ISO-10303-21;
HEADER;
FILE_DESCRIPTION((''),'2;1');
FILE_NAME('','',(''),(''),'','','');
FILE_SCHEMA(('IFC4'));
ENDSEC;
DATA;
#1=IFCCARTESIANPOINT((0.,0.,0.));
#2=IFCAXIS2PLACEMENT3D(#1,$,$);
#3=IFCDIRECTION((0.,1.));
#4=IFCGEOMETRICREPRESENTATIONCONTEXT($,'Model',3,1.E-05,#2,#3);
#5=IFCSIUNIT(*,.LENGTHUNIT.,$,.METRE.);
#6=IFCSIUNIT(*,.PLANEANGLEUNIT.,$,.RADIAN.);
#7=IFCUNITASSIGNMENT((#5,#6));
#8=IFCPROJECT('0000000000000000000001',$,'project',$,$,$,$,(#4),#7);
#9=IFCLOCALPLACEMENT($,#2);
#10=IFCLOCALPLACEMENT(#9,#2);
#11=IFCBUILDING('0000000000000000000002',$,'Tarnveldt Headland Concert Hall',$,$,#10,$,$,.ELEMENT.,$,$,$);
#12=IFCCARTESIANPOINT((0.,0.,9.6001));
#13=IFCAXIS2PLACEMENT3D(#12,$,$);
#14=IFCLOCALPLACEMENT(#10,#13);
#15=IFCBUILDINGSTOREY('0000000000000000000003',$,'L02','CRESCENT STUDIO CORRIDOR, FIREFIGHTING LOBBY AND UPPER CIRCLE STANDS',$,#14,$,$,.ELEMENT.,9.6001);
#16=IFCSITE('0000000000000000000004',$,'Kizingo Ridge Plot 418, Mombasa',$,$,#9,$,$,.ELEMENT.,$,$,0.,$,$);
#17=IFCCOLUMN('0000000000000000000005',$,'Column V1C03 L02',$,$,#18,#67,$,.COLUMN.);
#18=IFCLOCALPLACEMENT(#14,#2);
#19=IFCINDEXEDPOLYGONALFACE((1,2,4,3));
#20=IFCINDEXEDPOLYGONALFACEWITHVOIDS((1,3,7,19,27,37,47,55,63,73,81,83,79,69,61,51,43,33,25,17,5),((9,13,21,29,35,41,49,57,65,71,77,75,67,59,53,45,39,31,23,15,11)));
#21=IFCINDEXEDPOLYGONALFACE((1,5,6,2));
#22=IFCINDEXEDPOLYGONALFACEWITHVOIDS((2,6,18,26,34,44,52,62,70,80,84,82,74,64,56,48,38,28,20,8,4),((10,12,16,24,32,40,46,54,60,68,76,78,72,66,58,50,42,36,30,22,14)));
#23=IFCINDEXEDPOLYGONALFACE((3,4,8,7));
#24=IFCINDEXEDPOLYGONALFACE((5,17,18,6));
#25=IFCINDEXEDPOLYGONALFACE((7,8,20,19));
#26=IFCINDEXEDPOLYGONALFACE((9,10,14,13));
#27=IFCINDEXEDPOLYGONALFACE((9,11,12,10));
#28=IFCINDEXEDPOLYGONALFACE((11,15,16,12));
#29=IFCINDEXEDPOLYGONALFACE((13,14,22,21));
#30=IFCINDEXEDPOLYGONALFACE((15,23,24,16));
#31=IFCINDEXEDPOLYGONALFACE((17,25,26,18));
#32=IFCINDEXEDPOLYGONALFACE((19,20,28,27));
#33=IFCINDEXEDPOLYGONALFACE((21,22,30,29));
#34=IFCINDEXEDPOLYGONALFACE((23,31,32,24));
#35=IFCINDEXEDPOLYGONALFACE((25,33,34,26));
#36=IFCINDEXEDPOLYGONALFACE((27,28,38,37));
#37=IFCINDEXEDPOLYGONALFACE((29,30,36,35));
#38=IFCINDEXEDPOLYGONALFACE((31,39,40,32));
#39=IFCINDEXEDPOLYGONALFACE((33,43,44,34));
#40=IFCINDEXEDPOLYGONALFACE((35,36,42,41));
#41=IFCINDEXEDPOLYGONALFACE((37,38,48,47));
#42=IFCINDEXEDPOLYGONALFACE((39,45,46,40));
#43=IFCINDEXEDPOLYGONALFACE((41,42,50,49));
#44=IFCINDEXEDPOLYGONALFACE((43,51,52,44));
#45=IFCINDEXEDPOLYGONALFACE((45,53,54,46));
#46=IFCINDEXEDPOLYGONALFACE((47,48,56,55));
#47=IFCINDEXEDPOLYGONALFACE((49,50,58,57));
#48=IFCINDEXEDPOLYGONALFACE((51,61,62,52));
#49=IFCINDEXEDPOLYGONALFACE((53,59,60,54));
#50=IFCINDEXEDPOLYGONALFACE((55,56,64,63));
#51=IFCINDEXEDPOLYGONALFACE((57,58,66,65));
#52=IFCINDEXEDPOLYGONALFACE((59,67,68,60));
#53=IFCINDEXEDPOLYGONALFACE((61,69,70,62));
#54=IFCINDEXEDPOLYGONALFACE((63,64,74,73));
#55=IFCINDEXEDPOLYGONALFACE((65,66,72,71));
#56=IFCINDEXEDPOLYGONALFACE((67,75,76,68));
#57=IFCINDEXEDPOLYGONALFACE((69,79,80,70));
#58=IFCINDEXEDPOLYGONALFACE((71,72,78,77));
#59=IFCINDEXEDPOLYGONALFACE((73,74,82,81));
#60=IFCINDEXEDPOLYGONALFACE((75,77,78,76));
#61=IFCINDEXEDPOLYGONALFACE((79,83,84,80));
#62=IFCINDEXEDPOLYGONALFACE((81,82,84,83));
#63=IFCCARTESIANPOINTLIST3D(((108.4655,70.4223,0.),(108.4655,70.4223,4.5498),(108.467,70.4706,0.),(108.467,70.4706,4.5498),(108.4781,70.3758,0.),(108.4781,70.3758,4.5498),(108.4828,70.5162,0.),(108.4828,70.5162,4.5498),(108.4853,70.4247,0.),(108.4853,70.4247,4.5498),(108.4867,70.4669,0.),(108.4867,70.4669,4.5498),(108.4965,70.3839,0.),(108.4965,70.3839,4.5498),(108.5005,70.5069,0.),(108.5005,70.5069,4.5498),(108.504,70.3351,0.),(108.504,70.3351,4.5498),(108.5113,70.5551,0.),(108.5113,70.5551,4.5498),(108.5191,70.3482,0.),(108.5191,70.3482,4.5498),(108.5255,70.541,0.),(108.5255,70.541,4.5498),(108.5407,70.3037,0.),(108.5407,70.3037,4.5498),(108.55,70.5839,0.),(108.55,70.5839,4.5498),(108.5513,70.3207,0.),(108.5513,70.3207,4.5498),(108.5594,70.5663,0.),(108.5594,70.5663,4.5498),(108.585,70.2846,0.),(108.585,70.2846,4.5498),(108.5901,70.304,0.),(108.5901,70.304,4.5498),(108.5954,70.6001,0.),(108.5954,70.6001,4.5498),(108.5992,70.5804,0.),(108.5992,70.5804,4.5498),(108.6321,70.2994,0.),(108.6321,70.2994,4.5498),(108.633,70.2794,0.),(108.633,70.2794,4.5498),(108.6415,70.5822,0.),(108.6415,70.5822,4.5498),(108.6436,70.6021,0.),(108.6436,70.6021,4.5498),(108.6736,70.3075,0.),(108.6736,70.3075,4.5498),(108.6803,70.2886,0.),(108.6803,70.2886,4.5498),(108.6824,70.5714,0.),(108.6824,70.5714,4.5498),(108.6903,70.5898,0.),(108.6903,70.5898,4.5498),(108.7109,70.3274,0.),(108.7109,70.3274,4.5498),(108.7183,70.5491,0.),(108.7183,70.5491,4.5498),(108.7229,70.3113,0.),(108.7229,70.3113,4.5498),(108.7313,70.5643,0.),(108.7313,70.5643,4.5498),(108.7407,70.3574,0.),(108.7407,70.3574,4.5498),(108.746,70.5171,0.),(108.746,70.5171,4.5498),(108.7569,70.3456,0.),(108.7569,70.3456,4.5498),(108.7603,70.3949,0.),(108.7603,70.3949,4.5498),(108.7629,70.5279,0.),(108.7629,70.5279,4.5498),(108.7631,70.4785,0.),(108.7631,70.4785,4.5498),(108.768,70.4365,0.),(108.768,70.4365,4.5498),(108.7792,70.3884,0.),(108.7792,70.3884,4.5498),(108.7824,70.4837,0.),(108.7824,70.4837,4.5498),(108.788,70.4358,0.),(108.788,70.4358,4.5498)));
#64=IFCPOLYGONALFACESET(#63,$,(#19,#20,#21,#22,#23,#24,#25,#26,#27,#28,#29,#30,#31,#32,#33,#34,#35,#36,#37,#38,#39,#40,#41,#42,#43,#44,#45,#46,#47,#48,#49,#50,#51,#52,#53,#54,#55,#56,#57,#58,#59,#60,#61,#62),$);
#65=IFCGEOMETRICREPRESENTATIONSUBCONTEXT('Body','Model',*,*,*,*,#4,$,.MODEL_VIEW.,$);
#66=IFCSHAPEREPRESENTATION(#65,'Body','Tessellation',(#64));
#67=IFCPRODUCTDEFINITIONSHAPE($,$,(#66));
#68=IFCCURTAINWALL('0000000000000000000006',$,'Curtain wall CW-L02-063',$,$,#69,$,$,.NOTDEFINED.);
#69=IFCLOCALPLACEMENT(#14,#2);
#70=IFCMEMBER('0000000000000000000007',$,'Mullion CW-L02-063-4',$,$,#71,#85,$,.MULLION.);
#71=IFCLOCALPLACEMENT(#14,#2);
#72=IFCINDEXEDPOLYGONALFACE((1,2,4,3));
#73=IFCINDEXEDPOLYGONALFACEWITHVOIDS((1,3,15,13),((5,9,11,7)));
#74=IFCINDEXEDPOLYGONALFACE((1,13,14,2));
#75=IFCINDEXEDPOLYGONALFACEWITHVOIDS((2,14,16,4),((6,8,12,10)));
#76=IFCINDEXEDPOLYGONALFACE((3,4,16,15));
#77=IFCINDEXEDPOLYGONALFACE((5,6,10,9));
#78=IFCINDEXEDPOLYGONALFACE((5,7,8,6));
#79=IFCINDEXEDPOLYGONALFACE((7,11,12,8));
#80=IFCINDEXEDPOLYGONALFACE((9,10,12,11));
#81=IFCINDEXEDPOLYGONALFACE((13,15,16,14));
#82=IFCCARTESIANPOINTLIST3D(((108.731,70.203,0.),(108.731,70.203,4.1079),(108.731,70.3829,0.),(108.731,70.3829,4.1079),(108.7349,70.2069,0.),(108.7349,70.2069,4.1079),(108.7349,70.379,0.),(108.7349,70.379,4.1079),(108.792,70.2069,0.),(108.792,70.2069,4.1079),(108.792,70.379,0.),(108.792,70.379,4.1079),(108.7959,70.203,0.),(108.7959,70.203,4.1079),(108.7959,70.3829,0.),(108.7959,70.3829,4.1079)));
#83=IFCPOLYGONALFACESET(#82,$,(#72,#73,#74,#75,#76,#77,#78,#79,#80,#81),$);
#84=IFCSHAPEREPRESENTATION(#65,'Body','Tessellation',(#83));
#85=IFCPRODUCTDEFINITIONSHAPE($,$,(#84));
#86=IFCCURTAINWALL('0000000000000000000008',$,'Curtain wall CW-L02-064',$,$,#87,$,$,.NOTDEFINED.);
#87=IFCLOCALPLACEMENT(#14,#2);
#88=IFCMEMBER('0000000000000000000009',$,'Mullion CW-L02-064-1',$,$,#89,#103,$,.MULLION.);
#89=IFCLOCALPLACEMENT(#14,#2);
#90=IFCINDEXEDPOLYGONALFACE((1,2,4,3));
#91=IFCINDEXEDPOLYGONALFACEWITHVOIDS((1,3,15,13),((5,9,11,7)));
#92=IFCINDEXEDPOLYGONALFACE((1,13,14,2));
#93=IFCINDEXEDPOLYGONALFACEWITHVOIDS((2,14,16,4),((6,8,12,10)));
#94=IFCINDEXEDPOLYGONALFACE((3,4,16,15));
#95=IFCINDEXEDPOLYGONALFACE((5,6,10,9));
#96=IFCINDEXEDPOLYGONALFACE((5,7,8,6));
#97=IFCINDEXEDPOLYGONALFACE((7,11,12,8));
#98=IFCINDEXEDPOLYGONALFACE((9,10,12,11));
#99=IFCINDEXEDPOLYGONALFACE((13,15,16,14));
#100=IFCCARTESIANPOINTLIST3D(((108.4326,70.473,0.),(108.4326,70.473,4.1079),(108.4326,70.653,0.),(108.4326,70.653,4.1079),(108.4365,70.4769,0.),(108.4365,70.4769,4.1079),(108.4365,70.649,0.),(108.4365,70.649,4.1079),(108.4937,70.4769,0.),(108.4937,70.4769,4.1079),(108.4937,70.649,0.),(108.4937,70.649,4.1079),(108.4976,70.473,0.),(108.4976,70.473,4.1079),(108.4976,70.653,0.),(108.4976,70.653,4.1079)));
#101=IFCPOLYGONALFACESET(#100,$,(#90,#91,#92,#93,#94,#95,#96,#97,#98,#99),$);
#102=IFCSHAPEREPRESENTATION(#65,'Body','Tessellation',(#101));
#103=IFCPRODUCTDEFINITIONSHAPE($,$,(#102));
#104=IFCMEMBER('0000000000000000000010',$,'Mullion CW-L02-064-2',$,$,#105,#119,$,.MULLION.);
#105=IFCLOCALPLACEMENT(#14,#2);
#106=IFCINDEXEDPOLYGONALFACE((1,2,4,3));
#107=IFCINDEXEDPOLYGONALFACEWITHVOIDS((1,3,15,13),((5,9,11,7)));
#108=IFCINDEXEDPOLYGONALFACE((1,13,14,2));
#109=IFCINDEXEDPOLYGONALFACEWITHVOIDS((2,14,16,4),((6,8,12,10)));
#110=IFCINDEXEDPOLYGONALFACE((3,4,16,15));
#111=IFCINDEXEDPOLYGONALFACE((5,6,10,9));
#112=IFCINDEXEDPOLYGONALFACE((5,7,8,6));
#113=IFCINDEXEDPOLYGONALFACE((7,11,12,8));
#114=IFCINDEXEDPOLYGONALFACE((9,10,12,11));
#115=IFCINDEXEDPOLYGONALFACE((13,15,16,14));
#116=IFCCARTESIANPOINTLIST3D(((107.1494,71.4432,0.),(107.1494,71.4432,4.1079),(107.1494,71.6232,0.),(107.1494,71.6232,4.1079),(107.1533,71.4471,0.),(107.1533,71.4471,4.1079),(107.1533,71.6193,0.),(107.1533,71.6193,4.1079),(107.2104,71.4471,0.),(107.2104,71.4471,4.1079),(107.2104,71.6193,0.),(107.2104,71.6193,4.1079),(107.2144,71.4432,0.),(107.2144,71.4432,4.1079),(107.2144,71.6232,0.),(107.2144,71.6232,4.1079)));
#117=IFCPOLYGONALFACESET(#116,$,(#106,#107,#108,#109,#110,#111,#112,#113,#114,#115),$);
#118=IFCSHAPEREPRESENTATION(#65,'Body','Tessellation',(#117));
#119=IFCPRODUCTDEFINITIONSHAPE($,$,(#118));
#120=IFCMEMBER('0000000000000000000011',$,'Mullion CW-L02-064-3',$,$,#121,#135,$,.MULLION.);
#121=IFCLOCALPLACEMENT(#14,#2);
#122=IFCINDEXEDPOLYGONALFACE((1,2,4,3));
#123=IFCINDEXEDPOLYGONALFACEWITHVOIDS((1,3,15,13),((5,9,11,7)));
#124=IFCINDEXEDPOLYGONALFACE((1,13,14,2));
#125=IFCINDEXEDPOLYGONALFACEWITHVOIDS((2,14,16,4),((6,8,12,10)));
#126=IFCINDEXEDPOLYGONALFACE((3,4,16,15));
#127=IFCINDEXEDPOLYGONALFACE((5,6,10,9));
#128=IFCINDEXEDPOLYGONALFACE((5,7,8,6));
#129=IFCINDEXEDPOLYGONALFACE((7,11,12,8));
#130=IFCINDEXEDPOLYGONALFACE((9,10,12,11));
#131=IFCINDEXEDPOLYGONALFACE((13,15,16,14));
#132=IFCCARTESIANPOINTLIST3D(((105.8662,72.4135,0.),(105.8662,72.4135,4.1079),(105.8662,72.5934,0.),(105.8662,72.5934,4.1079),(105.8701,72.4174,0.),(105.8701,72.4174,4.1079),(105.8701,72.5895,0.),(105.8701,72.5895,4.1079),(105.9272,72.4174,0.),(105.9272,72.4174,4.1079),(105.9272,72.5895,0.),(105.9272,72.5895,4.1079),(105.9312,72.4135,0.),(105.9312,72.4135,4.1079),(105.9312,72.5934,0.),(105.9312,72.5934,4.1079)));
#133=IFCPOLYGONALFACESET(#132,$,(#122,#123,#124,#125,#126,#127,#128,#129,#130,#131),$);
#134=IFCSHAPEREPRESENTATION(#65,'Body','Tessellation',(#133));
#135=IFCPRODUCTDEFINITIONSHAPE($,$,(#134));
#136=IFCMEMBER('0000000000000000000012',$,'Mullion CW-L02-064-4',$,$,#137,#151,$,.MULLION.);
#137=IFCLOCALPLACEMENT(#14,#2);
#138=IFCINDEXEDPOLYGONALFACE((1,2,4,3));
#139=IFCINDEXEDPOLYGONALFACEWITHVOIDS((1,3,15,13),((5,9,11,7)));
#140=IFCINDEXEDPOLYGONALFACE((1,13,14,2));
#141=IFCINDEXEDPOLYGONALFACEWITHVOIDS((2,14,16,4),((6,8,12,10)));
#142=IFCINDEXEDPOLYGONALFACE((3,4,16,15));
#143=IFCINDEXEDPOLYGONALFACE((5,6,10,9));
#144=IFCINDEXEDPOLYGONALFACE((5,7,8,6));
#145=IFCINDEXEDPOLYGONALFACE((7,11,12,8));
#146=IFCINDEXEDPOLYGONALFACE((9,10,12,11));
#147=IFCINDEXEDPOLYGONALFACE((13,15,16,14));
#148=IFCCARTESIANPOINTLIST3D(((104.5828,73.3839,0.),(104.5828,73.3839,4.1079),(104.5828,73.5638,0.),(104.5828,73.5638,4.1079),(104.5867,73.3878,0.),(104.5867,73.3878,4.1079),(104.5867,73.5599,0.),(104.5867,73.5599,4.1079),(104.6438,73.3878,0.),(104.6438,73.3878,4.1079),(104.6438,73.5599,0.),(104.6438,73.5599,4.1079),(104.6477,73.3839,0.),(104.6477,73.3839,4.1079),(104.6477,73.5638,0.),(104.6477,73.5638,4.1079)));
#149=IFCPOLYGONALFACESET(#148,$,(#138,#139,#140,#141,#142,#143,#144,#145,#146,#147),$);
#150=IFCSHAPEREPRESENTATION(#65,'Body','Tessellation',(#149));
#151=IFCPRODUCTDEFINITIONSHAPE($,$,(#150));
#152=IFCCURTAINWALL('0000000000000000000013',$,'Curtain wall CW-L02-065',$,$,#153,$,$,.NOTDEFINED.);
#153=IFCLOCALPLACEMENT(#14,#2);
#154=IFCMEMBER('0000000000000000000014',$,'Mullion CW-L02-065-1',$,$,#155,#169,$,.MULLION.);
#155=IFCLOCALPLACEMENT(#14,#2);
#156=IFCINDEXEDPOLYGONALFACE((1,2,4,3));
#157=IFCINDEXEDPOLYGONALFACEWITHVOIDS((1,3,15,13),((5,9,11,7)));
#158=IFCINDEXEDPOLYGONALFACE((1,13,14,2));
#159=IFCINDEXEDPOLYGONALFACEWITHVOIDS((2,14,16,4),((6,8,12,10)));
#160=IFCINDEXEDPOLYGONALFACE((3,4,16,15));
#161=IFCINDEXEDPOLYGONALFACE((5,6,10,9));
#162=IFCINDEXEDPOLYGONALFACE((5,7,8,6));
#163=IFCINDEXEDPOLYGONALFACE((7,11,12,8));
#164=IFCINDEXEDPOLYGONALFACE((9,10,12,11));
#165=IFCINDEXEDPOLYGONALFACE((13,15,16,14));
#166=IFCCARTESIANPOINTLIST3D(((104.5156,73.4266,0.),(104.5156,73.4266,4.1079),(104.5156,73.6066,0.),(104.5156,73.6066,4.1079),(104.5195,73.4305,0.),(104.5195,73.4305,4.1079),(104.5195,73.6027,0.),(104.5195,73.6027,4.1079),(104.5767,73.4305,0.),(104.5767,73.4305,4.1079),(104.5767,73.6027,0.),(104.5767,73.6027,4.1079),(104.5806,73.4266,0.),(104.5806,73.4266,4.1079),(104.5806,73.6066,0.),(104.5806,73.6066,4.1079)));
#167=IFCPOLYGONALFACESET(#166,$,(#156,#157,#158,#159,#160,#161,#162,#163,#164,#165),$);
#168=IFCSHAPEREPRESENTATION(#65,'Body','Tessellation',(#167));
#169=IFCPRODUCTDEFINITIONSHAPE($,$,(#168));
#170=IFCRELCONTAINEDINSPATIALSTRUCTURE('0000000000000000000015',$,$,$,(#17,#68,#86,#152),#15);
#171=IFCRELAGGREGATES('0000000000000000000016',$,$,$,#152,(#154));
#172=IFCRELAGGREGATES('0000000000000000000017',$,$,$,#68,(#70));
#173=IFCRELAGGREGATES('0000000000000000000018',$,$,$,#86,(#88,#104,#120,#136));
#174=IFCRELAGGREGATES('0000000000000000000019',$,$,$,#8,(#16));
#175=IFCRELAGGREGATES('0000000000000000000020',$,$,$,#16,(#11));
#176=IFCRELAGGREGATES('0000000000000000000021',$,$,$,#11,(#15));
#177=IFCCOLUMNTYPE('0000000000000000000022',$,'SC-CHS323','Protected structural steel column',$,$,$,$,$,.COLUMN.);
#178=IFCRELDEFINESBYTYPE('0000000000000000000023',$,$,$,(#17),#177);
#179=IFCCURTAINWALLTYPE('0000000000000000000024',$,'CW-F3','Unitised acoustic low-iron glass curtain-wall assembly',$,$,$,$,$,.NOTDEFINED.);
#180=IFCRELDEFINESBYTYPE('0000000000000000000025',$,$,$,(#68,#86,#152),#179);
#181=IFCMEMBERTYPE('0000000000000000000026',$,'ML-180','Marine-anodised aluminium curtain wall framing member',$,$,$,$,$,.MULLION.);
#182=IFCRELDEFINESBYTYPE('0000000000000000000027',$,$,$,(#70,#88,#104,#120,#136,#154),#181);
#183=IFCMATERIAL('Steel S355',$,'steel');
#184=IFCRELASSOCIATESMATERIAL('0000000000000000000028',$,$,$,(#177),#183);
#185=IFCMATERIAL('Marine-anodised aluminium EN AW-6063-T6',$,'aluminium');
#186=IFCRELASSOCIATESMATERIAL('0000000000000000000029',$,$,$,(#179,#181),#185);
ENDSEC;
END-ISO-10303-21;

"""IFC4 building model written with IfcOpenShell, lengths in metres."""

from ifc_helpers import new_model, si_unit, direction, frame, origin, origin_2d, place, context, subcontext, project, spatial, hollow_rectangle, hollow_circle, extrude, material, material_profile, profile_set, type_object, element, aggregate, save


model = new_model("IFC4")

# Units and contexts
model_context = context("Model", 3, precision=1e-05, world=origin(), true_north=direction((0.0, 1.0)))
body_context = subcontext(model_context, "Body", "Model", "MODEL_VIEW")
ifc_project = project(units=[si_unit("LENGTHUNIT", "METRE"), si_unit("PLANEANGLEUNIT", "RADIAN")], contexts=[model_context])

# Site, building, storey
site_placement = place(None, origin())
site = spatial("IfcSite", under=ifc_project, at=site_placement, Name="Kizingo Ridge Plot 418, Mombasa", CompositionType="ELEMENT", RefElevation=0.0)
building_placement = place(site_placement, origin())
building = spatial("IfcBuilding", under=site, at=building_placement, Name="Tarnveldt Headland Concert Hall", CompositionType="ELEMENT")
storey_placement = place(building_placement, frame((0.0, 0.0, 9.6001)))
storey = spatial("IfcBuildingStorey", under=building, at=storey_placement, Name="L02", Description="CRESCENT STUDIO CORRIDOR, FIREFIGHTING LOBBY AND UPPER CIRCLE STANDS", CompositionType="ELEMENT", Elevation=9.6001)

# Column
ifc_material_1 = material(Name="Steel S355", Category="steel")
ifc_material_profile_1 = material_profile(ifc_material_1, hollow_circle(Radius=0.1619, WallThickness=0.02, at=origin_2d()), Name="CHS 323.9x20", Category="steel")
ifc_profile_set_1 = profile_set([ifc_material_profile_1], Name="Steel S355")
column_type = type_object("IfcColumnType", Name="SC-CHS323", Description="Protected structural steel column", PredefinedType="COLUMN", material=ifc_profile_set_1)
column_placement = place(storey_placement, frame((108.6262, 70.4412, 0.0), z_axis=(0.0, 0.0, 1.0), x_axis=(0.844421, 0.535679, 0.0)))
element("IfcColumn", 1, at=column_placement, inside=storey, type_object=column_type, Name="Column V1C03 L02", PredefinedType="COLUMN", context=body_context, shape_type="SweptSolid", body=[
    extrude(hollow_circle(Radius=0.1619, WallThickness=0.02, at=origin_2d()), origin(), (0.0, 0.0, 1.0), 4.5498),
])

# Curtain wall, member
ifc_material_2 = material(Name="Marine-anodised aluminium EN AW-6063-T6", Category="aluminium")
curtain_wall_type = type_object("IfcCurtainWallType", Name="CW-F3", Description="Unitised acoustic low-iron glass curtain-wall assembly", PredefinedType="NOTDEFINED", material=ifc_material_2)
curtain_wall_1_placement = place(storey_placement, origin())
curtain_wall_1 = element("IfcCurtainWall", 2, at=curtain_wall_1_placement, inside=storey, type_object=curtain_wall_type, Name="Curtain wall CW-L02-063", PredefinedType="NOTDEFINED")
ifc_material_profile_2 = material_profile(ifc_material_2, hollow_rectangle(XDim=0.0649, YDim=0.1799, WallThickness=0.0039, at=origin_2d()), Name="ALU MULLION 65x180x4", Category="aluminium")
ifc_profile_set_2 = profile_set([ifc_material_profile_2], Name="Marine-anodised aluminium EN AW-6063-T6")
member_type_1 = type_object("IfcMemberType", Name="ML-180", Description="Marine-anodised aluminium curtain wall framing member", PredefinedType="MULLION", material=ifc_profile_set_2)
member_1_placement = place(storey_placement, frame((108.7634, 70.293, 0.0), z_axis=(0.0, 0.0, 1.0), x_axis=(1.0, 0.0, 0.0)))
member_1 = element("IfcMember", 3, at=member_1_placement, type_object=member_type_1, Name="Mullion CW-L02-063-4", PredefinedType="MULLION", context=body_context, shape_type="SweptSolid", body=[
    extrude(hollow_rectangle(XDim=0.0649, YDim=0.1799, WallThickness=0.0039, at=origin_2d()), origin(), (0.0, 0.0, 1.0), 4.1079),
])

# Curtain wall, members
curtain_wall_2_placement = place(storey_placement, origin())
curtain_wall_2 = element("IfcCurtainWall", 4, at=curtain_wall_2_placement, inside=storey, type_object=curtain_wall_type, Name="Curtain wall CW-L02-064", PredefinedType="NOTDEFINED")
member_2_placement = place(storey_placement, frame((108.4651, 70.563, 0.0), z_axis=(0.0, 0.0, 1.0), x_axis=(1.0, 0.0, 0.0)))
member_2 = element("IfcMember", 5, at=member_2_placement, type_object=member_type_1, Name="Mullion CW-L02-064-1", PredefinedType="MULLION", context=body_context, shape_type="SweptSolid", body=[
    extrude(hollow_rectangle(XDim=0.0649, YDim=0.1799, WallThickness=0.0039, at=origin_2d()), origin(), (0.0, 0.0, 1.0), 4.1079),
])
member_3_placement = place(storey_placement, frame((107.1819, 71.5332, 0.0), z_axis=(0.0, 0.0, 1.0), x_axis=(1.0, 0.0, 0.0)))
member_3 = element("IfcMember", 6, at=member_3_placement, type_object=member_type_1, Name="Mullion CW-L02-064-2", PredefinedType="MULLION", context=body_context, shape_type="SweptSolid", body=[
    extrude(hollow_rectangle(XDim=0.0649, YDim=0.1799, WallThickness=0.0039, at=origin_2d()), origin(), (0.0, 0.0, 1.0), 4.1079),
])
member_4_placement = place(storey_placement, frame((105.8987, 72.5034, 0.0), z_axis=(0.0, 0.0, 1.0), x_axis=(1.0, 0.0, 0.0)))
member_4 = element("IfcMember", 7, at=member_4_placement, type_object=member_type_1, Name="Mullion CW-L02-064-3", PredefinedType="MULLION", context=body_context, shape_type="SweptSolid", body=[
    extrude(hollow_rectangle(XDim=0.0649, YDim=0.1799, WallThickness=0.0039, at=origin_2d()), origin(), (0.0, 0.0, 1.0), 4.1079),
])
member_5_placement = place(storey_placement, frame((104.6152, 73.4739, 0.0), z_axis=(0.0, 0.0, 1.0), x_axis=(1.0, 0.0, 0.0)))
member_5 = element("IfcMember", 8, at=member_5_placement, type_object=member_type_1, Name="Mullion CW-L02-064-4", PredefinedType="MULLION", context=body_context, shape_type="SweptSolid", body=[
    extrude(hollow_rectangle(XDim=0.0649, YDim=0.1799, WallThickness=0.0039, at=origin_2d()), origin(), (0.0, 0.0, 1.0), 4.1079),
])

# Curtain wall, member
curtain_wall_3_placement = place(storey_placement, origin())
curtain_wall_3 = element("IfcCurtainWall", 9, at=curtain_wall_3_placement, inside=storey, type_object=curtain_wall_type, Name="Curtain wall CW-L02-065", PredefinedType="NOTDEFINED")
member_6_placement = place(storey_placement, frame((104.5481, 73.5166, 0.0), z_axis=(0.0, 0.0, 1.0), x_axis=(1.0, 0.0, 0.0)))
member_6 = element("IfcMember", 10, at=member_6_placement, type_object=member_type_1, Name="Mullion CW-L02-065-1", PredefinedType="MULLION", context=body_context, shape_type="SweptSolid", body=[
    extrude(hollow_rectangle(XDim=0.0649, YDim=0.1799, WallThickness=0.0039, at=origin_2d()), origin(), (0.0, 0.0, 1.0), 4.1079),
])

aggregate(curtain_wall_3, [member_6])

aggregate(curtain_wall_1, [member_1])
aggregate(curtain_wall_2, [member_2, member_3, member_4, member_5])

save(model, "model.ifc")
